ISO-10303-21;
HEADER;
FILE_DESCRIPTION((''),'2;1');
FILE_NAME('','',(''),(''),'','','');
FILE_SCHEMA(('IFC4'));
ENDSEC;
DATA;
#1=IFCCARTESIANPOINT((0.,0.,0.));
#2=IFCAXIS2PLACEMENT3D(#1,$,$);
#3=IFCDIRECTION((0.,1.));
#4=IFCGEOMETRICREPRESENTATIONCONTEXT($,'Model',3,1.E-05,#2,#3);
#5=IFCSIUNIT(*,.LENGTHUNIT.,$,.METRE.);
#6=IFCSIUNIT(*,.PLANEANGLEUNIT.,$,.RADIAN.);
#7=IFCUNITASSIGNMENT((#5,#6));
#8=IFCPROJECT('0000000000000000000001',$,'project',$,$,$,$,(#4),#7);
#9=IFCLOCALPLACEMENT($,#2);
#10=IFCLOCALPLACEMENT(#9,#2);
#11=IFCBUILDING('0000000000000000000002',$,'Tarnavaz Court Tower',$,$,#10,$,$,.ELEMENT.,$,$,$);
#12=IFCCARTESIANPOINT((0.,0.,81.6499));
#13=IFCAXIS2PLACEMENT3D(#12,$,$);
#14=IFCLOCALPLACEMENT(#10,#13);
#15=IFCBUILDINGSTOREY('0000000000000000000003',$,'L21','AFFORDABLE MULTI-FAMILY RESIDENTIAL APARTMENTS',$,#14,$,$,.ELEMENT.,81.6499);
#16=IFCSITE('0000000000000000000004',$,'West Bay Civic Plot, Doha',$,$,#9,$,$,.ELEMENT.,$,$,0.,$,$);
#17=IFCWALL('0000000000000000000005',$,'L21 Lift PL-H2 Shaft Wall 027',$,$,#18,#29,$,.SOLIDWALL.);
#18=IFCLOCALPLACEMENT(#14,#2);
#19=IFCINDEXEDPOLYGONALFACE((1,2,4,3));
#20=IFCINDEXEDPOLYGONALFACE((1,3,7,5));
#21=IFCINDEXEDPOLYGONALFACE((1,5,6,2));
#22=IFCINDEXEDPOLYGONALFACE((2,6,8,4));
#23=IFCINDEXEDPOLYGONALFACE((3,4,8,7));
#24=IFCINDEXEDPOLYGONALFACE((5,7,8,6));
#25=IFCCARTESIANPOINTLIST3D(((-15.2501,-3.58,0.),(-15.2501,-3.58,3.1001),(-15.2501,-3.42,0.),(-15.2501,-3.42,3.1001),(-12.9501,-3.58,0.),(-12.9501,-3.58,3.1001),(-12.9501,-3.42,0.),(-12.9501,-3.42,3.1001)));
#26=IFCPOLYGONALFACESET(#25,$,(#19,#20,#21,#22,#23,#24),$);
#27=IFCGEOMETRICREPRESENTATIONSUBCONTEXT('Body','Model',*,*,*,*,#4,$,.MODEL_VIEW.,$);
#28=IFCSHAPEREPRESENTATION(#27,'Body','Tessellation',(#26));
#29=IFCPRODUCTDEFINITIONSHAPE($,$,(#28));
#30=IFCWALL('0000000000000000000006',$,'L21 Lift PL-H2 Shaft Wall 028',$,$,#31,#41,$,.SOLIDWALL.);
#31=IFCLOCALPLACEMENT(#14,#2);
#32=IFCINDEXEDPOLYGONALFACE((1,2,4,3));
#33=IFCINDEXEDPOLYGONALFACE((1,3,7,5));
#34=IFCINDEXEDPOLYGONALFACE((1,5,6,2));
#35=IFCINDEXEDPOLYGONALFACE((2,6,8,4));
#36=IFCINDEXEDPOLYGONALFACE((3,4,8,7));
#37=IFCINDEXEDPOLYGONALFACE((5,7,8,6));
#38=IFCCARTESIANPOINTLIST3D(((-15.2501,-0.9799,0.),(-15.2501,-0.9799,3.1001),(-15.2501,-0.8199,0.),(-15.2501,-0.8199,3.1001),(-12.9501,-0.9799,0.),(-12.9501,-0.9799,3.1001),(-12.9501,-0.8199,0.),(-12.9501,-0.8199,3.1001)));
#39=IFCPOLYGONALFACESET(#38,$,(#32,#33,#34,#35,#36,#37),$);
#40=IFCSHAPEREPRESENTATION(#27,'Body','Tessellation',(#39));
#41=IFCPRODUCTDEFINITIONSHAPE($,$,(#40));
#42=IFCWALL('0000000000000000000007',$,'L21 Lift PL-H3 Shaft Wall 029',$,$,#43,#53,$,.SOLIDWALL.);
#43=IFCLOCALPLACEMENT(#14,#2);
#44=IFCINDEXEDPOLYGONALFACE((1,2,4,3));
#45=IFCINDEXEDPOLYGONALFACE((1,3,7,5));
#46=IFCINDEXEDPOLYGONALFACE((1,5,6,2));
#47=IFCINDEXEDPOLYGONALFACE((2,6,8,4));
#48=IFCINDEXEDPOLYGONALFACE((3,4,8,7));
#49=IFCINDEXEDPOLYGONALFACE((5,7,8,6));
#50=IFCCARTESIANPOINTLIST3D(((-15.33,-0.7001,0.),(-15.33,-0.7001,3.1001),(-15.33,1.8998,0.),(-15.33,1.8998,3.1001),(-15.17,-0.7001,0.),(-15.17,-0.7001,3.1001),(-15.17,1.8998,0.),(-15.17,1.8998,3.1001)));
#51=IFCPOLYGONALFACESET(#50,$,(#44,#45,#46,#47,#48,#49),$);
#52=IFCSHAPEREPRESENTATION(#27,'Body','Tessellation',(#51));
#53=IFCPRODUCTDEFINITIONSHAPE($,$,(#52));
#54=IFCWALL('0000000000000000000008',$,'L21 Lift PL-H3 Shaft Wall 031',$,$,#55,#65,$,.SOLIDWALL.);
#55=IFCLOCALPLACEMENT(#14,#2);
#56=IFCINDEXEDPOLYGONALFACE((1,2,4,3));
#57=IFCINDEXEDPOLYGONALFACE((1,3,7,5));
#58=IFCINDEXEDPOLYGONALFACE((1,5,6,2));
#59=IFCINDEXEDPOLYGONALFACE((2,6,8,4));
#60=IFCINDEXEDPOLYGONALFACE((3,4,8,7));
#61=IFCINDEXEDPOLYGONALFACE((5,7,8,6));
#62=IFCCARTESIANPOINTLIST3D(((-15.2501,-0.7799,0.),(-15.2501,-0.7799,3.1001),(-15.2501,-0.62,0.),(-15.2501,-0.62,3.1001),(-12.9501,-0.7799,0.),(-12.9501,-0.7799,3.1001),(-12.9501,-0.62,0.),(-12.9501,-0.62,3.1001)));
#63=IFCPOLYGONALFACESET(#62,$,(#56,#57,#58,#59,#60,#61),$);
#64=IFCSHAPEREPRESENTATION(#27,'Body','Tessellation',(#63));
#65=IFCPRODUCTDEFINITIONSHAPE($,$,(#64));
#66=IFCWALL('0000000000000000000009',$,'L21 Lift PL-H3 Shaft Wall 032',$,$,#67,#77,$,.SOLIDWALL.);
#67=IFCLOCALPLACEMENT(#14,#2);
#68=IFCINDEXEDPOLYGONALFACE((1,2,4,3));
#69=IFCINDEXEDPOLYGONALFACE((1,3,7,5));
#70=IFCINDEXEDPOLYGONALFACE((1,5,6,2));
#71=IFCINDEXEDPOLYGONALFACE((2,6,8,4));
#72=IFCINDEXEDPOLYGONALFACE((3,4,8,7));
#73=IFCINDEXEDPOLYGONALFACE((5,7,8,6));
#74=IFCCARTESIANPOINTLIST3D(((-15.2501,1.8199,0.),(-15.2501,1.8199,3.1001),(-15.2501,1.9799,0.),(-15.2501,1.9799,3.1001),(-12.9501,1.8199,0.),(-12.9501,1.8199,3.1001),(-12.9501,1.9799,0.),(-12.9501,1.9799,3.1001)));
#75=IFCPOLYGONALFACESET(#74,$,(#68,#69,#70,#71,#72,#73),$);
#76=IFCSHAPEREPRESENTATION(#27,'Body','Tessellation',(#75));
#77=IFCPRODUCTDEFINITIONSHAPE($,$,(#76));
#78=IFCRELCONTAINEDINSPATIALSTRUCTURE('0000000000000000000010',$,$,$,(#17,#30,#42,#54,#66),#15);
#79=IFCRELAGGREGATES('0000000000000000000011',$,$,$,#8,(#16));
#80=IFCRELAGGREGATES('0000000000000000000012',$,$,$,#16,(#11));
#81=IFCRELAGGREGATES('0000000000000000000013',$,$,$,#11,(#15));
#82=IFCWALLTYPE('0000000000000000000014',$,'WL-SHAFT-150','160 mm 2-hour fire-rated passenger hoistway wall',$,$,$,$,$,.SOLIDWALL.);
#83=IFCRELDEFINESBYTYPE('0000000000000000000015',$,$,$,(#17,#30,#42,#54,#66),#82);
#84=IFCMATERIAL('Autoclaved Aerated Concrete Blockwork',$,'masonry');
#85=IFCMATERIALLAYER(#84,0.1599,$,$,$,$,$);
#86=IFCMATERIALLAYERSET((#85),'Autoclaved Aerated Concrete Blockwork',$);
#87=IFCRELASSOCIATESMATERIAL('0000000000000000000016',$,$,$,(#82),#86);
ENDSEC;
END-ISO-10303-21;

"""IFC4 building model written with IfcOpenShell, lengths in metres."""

from ifc_helpers import new_model, si_unit, direction, frame, frame_2d, origin, place, context, subcontext, project, spatial, rectangle, extrude, material, layer, layer_set, type_object, element, save


model = new_model("IFC4")

# Units and contexts
model_context = context("Model", 3, precision=1e-05, world=origin(), true_north=direction((0.0, 1.0)))
body_context = subcontext(model_context, "Body", "Model", "MODEL_VIEW")
ifc_project = project(units=[si_unit("LENGTHUNIT", "METRE"), si_unit("PLANEANGLEUNIT", "RADIAN")], contexts=[model_context])

# Site, building, storey
site_placement = place(None, origin())
site = spatial("IfcSite", under=ifc_project, at=site_placement, Name="West Bay Civic Plot, Doha", CompositionType="ELEMENT", RefElevation=0.0)
building_placement = place(site_placement, origin())
building = spatial("IfcBuilding", under=site, at=building_placement, Name="Tarnavaz Court Tower", CompositionType="ELEMENT")
storey_placement = place(building_placement, frame((0.0, 0.0, 81.6499)))
storey = spatial("IfcBuildingStorey", under=building, at=storey_placement, Name="L21", Description="AFFORDABLE MULTI-FAMILY RESIDENTIAL APARTMENTS", CompositionType="ELEMENT", Elevation=81.6499)

# Walls
ifc_material_1 = material(Name="Autoclaved Aerated Concrete Blockwork", Category="masonry")
ifc_layer_1 = layer(ifc_material_1, 0.1599)
ifc_layer_set_1 = layer_set([ifc_layer_1], Name="Autoclaved Aerated Concrete Blockwork")
wall_type_1 = type_object("IfcWallType", Name="WL-SHAFT-150", Description="160 mm 2-hour fire-rated passenger hoistway wall", PredefinedType="SOLIDWALL", material=ifc_layer_set_1)
for number, where, z_axis, x_axis, name in (
    (1, (-15.25, -3.5, 0.0), (0.0, 0.0, 1.0), (1.0, 0.0, 0.0), "L21 Lift PL-H2 Shaft Wall 027"),
    (2, (-15.25, -0.8999, 0.0), (0.0, 0.0, 1.0), (1.0, 0.0, 0.0), "L21 Lift PL-H2 Shaft Wall 028"),
):
    element("IfcWall", number, at=place(storey_placement, frame(where, z_axis=z_axis, x_axis=x_axis)), inside=storey, type_object=wall_type_1, Name=name, PredefinedType="SOLIDWALL", context=body_context, shape_type="SweptSolid", body=[
        extrude(rectangle(XDim=2.3, YDim=0.1599, at=frame_2d((1.1499, 0.0))), origin(), (0.0, 0.0, 1.0), 3.1001),
    ])
wall_1_placement = place(storey_placement, frame((-15.25, -0.7, 0.0), z_axis=(0.0, 0.0, 1.0), x_axis=(0.0, 1.0, 0.0)))
element("IfcWall", 3, at=wall_1_placement, inside=storey, type_object=wall_type_1, Name="L21 Lift PL-H3 Shaft Wall 029", PredefinedType="SOLIDWALL", context=body_context, shape_type="SweptSolid", body=[
    extrude(rectangle(XDim=2.5999, YDim=0.1599, at=frame_2d((1.2998, 0.0))), origin(), (0.0, 0.0, 1.0), 3.1001),
])
for number, where, z_axis, x_axis, name in (
    (4, (-15.25, -0.7, 0.0), (0.0, 0.0, 1.0), (1.0, 0.0, 0.0), "L21 Lift PL-H3 Shaft Wall 031"),
    (5, (-15.25, 1.8999, 0.0), (0.0, 0.0, 1.0), (1.0, 0.0, 0.0), "L21 Lift PL-H3 Shaft Wall 032"),
):
    element("IfcWall", number, at=place(storey_placement, frame(where, z_axis=z_axis, x_axis=x_axis)), inside=storey, type_object=wall_type_1, Name=name, PredefinedType="SOLIDWALL", context=body_context, shape_type="SweptSolid", body=[
        extrude(rectangle(XDim=2.3, YDim=0.1599, at=frame_2d((1.1499, 0.0))), origin(), (0.0, 0.0, 1.0), 3.1001),
    ])

save(model, "model.ifc")
